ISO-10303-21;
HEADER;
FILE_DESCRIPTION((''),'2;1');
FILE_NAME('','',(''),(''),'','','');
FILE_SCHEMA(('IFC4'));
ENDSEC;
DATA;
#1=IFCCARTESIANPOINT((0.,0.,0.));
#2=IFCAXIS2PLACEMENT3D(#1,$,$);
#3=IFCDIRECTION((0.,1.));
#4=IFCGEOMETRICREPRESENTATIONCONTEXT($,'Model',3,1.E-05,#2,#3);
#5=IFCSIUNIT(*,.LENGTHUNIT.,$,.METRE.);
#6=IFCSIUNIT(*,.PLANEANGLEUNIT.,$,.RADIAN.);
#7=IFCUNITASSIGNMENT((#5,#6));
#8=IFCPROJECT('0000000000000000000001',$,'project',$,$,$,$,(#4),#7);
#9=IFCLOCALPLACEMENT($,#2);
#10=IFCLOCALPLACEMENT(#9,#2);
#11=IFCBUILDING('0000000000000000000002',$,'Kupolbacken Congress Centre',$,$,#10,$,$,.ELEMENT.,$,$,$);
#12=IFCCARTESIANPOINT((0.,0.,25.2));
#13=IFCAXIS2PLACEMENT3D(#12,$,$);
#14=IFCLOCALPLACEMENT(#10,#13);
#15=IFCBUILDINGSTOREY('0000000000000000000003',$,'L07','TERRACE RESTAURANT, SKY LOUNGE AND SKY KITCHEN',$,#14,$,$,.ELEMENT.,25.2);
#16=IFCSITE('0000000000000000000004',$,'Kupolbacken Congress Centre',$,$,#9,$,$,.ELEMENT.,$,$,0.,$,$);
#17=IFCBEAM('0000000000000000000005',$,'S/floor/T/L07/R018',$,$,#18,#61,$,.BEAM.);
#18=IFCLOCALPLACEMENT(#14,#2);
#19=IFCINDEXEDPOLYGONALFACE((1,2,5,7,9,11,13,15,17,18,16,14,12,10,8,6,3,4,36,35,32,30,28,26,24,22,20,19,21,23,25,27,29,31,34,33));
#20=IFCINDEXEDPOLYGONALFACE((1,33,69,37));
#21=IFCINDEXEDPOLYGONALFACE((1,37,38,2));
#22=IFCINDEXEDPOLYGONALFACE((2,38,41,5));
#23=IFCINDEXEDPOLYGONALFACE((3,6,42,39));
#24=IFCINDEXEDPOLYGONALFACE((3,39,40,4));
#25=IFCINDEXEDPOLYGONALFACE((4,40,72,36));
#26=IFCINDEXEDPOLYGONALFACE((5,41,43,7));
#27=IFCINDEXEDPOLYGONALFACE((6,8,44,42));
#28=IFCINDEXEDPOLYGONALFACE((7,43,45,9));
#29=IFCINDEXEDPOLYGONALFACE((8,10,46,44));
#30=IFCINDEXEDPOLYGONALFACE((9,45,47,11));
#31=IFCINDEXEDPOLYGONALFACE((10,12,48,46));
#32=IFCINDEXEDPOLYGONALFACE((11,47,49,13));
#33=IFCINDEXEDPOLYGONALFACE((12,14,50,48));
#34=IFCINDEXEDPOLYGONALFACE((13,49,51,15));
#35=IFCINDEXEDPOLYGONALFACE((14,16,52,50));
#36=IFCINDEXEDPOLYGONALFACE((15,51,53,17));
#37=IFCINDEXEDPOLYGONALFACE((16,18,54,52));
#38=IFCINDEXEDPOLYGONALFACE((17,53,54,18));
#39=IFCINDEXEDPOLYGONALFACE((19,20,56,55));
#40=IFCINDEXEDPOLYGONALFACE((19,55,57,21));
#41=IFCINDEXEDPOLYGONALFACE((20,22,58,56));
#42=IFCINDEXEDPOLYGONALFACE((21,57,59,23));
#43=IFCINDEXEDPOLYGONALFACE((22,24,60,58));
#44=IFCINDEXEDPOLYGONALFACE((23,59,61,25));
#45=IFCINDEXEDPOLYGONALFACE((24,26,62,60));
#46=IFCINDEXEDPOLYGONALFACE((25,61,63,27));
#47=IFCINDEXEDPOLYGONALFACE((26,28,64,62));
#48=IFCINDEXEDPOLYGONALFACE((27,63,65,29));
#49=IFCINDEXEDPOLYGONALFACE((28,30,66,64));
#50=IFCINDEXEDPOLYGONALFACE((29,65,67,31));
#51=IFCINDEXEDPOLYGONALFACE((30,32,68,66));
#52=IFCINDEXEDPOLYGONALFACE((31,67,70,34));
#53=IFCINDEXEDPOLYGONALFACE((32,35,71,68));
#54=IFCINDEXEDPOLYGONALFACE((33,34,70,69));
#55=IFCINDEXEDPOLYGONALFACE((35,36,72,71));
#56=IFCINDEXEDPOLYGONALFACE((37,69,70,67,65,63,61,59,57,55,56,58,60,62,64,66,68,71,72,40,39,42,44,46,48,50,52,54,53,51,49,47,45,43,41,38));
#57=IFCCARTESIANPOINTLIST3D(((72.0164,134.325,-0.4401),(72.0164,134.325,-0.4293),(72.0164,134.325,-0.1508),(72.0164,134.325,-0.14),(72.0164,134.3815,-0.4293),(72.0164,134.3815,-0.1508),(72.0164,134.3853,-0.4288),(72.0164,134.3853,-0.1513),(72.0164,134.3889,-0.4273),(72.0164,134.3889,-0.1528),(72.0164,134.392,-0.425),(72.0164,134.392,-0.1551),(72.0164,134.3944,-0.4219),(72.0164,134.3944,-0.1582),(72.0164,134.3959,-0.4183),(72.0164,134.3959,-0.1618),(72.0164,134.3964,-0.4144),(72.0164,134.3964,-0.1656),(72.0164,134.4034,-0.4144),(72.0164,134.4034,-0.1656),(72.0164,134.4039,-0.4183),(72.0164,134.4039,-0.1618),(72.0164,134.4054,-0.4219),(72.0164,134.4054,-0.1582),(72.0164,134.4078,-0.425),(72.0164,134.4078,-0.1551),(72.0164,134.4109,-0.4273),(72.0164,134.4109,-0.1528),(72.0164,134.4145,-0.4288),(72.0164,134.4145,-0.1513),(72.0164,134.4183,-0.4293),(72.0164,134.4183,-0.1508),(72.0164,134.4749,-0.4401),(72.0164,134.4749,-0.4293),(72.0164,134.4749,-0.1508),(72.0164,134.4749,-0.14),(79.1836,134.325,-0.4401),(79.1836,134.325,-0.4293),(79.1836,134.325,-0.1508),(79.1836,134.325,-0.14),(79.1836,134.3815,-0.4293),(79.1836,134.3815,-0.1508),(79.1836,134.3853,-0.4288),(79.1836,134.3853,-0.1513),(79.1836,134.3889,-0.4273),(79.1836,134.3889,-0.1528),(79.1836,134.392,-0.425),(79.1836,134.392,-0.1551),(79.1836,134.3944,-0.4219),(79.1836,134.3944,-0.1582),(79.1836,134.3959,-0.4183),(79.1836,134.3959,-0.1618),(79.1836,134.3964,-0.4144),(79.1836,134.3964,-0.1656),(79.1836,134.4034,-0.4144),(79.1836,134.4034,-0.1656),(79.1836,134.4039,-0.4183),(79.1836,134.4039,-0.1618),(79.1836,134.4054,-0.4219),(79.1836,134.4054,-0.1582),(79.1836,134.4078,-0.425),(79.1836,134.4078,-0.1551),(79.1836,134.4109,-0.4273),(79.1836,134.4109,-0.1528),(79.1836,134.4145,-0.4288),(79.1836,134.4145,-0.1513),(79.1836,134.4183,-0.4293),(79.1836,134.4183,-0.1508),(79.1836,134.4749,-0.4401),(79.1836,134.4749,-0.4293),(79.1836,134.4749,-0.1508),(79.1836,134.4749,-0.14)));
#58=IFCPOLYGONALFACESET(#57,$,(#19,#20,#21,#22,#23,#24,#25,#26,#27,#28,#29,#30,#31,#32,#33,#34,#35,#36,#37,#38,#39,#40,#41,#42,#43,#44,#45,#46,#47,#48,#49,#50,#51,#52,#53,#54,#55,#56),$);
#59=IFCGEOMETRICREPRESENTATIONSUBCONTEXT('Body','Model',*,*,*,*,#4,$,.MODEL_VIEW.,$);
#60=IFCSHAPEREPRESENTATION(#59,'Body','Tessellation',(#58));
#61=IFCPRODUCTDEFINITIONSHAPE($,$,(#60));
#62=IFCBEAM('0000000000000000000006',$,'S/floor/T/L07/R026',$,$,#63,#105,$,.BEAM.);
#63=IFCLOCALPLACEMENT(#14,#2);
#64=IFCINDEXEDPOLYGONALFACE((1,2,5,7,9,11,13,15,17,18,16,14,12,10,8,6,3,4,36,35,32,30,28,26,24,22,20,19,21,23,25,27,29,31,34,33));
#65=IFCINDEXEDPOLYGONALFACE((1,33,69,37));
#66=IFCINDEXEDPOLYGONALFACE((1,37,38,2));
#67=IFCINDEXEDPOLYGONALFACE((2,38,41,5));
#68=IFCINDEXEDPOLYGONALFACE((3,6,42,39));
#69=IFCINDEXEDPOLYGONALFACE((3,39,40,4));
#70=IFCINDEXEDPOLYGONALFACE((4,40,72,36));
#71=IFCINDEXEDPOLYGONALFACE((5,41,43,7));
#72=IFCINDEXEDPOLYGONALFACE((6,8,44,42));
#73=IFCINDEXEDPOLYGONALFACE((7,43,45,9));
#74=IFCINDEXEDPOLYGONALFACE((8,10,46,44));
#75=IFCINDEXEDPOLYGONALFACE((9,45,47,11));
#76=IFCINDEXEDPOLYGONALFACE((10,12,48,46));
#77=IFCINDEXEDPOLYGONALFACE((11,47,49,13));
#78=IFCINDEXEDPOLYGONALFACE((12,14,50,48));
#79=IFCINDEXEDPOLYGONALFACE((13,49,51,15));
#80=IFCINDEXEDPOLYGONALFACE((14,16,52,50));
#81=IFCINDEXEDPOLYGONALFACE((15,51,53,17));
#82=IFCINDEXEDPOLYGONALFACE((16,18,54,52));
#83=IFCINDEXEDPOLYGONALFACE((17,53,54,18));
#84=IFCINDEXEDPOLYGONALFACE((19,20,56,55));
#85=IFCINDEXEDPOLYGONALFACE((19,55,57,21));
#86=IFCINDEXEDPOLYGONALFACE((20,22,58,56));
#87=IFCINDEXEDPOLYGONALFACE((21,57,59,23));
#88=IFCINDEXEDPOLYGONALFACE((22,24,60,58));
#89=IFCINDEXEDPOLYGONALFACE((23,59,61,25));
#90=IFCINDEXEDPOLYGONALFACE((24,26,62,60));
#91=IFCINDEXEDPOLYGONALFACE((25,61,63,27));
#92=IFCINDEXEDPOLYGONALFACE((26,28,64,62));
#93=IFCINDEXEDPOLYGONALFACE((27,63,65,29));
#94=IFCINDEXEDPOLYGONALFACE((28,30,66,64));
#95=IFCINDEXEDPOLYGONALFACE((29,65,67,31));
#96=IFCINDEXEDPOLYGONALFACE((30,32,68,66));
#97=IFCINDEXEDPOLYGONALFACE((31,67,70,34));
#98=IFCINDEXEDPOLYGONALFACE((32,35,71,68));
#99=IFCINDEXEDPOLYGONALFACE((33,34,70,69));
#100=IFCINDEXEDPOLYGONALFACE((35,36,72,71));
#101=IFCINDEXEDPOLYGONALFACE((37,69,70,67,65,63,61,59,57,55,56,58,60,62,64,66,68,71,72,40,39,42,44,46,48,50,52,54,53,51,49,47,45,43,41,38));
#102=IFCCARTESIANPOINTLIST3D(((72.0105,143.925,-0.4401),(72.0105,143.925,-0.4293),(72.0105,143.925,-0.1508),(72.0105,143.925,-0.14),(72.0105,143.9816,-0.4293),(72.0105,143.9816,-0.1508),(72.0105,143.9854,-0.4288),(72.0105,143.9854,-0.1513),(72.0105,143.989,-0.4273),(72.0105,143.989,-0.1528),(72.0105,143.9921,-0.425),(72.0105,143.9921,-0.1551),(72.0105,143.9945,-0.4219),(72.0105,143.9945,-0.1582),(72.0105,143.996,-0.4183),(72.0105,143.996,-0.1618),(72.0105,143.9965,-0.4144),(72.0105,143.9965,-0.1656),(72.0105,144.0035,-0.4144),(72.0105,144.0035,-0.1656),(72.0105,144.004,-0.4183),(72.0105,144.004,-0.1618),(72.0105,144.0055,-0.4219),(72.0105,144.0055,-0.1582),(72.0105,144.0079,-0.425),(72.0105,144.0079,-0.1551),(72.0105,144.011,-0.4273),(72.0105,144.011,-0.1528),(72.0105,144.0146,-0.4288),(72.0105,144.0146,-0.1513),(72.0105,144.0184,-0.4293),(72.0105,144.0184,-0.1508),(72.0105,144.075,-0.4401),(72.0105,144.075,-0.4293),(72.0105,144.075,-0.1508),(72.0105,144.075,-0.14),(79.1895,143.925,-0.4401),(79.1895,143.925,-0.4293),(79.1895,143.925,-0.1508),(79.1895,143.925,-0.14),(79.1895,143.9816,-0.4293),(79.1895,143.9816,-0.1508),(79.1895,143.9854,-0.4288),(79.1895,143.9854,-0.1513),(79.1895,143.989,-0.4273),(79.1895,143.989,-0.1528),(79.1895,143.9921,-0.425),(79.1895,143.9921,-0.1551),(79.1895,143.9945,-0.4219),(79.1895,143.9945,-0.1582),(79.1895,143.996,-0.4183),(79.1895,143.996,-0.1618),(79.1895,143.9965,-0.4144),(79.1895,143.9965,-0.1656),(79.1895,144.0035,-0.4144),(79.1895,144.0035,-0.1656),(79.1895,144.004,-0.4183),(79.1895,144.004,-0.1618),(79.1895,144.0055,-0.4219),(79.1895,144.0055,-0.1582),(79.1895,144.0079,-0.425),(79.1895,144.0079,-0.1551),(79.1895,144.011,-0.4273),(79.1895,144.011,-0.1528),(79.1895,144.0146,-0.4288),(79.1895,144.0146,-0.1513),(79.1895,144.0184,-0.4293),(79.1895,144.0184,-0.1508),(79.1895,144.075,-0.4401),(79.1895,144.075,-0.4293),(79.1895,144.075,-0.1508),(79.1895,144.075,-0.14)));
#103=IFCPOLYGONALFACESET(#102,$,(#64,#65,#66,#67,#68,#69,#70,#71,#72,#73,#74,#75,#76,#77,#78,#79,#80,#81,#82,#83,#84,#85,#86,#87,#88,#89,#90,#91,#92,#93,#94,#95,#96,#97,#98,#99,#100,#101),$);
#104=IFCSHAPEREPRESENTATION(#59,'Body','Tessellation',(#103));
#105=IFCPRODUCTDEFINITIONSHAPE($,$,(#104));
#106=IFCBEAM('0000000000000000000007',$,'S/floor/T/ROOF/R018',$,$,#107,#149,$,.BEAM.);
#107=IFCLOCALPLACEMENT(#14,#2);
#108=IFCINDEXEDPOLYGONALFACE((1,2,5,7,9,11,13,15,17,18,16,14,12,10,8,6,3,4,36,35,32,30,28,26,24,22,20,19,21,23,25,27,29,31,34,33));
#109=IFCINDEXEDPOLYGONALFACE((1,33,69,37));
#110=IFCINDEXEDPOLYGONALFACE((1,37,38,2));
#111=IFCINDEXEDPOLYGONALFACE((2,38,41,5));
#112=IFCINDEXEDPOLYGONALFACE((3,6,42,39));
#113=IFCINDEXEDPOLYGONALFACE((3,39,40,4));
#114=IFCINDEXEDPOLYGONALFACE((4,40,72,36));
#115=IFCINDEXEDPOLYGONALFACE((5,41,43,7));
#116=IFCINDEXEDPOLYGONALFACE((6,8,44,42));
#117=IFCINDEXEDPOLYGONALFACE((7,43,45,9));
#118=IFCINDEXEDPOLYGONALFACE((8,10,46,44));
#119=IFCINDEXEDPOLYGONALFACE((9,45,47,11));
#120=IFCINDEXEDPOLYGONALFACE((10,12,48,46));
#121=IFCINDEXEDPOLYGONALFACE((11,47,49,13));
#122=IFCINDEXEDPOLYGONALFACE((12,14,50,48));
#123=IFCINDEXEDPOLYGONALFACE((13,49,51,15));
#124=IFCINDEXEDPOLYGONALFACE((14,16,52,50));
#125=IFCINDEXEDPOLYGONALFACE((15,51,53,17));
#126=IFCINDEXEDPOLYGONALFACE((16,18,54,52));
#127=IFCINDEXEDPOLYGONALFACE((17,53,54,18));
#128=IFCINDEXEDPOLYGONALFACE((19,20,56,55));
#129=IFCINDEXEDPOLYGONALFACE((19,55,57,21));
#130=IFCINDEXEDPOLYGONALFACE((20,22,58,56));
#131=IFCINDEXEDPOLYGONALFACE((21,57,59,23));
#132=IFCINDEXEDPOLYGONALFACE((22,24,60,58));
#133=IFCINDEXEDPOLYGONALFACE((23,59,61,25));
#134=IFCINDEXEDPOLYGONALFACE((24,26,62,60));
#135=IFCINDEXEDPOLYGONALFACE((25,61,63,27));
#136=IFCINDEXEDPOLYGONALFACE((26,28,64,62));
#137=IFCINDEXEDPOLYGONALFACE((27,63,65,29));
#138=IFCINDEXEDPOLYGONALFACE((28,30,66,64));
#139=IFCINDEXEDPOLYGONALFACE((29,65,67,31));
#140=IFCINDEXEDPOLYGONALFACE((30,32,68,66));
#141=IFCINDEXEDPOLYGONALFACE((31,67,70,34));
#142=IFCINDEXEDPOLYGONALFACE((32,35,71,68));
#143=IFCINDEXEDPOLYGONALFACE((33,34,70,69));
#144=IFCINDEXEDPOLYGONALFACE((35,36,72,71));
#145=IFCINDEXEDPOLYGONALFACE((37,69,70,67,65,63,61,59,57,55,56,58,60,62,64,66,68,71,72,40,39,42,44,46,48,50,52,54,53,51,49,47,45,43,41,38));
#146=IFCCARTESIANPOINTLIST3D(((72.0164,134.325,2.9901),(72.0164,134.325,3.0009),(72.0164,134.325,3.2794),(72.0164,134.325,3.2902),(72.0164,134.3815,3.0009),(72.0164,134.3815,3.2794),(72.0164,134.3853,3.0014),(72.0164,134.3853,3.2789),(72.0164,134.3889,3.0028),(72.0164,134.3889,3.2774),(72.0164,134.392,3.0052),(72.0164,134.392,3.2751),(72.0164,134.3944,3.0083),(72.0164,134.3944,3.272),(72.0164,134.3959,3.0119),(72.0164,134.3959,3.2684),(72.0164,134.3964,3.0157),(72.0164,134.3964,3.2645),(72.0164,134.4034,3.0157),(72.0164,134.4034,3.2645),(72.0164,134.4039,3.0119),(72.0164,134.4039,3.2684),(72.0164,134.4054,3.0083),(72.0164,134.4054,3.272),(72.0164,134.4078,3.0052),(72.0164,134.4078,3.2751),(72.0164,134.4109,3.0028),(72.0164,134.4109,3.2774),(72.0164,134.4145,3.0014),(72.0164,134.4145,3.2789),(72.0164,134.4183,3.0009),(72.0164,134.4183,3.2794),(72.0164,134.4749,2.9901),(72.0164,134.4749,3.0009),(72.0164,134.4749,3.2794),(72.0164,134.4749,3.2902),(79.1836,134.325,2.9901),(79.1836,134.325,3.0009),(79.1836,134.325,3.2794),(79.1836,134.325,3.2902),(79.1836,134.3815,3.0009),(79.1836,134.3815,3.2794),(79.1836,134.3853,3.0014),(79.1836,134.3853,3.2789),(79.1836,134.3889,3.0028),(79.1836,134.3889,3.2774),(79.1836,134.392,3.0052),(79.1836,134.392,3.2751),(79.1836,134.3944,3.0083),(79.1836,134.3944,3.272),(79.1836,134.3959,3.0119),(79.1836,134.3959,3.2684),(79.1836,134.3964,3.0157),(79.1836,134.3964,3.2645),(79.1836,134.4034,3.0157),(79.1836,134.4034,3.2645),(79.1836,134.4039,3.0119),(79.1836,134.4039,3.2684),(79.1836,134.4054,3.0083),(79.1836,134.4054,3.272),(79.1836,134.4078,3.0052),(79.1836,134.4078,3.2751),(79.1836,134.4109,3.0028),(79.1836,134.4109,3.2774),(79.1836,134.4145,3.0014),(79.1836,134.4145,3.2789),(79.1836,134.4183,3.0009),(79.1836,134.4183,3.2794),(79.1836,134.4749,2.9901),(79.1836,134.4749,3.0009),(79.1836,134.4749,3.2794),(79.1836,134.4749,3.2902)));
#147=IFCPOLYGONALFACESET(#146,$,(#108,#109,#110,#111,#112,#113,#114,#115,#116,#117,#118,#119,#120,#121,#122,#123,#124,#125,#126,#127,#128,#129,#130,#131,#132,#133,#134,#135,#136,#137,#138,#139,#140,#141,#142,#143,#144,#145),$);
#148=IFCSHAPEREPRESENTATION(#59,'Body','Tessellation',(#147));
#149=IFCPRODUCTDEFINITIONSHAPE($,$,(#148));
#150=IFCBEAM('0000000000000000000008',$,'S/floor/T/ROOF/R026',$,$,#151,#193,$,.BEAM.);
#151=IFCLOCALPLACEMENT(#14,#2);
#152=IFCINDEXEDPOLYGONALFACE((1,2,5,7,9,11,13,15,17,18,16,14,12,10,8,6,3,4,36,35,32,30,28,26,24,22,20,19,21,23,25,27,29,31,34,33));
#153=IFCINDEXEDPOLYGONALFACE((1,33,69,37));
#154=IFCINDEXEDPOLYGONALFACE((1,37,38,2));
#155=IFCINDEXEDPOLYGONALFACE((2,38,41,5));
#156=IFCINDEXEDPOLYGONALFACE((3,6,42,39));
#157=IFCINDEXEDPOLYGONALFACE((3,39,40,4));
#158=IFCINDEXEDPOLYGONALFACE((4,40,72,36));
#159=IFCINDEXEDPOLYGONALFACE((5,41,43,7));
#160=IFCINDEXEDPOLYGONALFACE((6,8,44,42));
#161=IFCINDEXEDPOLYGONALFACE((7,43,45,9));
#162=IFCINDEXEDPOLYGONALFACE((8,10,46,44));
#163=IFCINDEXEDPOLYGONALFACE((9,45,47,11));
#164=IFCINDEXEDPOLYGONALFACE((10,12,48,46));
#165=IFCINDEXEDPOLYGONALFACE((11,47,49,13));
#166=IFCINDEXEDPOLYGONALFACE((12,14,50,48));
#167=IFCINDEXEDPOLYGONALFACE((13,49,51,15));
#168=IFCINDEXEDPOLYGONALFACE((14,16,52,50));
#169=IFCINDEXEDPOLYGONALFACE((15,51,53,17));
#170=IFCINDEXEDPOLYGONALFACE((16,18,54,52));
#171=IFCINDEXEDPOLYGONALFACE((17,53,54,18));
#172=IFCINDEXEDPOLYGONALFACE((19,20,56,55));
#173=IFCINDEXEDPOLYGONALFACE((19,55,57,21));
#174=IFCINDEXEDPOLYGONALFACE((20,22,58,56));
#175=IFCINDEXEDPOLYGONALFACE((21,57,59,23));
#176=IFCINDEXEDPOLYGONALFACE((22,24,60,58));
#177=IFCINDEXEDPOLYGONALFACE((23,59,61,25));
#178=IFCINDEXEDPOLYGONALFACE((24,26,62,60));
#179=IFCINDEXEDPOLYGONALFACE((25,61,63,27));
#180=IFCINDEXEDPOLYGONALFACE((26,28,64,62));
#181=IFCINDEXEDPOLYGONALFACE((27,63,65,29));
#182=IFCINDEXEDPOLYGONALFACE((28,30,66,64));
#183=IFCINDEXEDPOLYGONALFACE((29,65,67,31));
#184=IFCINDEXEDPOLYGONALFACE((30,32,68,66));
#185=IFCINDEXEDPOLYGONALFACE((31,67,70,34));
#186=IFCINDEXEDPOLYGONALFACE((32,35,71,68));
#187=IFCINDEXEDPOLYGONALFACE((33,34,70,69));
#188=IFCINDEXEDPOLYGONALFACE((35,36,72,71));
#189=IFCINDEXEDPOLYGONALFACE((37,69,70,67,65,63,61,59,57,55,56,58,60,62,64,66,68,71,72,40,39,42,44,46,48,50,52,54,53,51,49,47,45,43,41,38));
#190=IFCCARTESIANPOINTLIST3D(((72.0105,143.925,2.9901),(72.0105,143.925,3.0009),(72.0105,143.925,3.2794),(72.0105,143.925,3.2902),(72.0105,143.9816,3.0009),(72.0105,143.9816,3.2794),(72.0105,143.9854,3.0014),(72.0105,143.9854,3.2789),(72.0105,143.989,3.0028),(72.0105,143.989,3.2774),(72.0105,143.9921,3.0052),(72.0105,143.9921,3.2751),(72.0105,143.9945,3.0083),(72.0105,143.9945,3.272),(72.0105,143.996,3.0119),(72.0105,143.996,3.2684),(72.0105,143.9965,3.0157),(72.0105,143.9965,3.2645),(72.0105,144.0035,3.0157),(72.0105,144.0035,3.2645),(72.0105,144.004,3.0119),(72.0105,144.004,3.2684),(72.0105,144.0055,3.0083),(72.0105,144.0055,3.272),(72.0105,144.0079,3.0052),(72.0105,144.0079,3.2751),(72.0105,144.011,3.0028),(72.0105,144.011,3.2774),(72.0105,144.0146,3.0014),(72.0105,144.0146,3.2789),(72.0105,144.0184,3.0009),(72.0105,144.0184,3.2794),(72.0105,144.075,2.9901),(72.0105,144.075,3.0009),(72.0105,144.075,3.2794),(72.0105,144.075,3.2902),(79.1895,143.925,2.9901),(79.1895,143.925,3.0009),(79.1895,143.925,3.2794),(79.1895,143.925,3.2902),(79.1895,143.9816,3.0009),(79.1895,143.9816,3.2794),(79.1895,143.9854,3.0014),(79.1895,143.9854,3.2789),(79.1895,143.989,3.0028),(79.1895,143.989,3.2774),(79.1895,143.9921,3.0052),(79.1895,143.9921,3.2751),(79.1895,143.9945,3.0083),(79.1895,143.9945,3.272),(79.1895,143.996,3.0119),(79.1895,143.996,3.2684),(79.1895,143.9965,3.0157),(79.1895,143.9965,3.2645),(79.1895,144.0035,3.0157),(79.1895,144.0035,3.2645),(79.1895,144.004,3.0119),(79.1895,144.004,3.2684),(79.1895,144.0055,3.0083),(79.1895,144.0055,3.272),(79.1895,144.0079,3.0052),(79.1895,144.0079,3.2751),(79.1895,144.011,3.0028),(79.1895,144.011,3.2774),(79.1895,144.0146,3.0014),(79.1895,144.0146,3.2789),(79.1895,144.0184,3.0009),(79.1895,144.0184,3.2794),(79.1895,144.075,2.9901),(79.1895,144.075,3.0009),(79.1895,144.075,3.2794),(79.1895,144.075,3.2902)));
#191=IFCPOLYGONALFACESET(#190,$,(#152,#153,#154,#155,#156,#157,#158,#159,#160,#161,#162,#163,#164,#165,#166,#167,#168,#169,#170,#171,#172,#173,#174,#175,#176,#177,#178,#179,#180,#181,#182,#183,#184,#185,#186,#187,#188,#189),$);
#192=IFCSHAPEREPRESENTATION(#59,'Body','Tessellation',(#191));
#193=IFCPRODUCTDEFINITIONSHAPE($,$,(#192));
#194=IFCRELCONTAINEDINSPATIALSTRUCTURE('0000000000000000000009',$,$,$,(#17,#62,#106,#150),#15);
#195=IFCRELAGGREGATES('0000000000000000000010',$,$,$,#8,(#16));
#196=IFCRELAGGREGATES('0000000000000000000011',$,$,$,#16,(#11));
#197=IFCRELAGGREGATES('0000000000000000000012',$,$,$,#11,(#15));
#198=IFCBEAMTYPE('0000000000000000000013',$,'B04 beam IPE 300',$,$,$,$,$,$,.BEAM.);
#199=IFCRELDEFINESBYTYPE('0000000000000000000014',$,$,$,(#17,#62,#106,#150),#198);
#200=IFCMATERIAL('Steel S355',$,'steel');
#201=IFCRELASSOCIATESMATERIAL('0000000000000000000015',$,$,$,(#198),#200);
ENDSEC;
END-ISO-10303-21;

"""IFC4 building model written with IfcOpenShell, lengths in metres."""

from ifc_helpers import new_model, si_unit, direction, frame, origin, origin_2d, place, context, subcontext, project, spatial, i_section, extrude, material, material_profile, profile_set, type_object, element, save


model = new_model("IFC4")

# Units and contexts
model_context = context("Model", 3, precision=1e-05, world=origin(), true_north=direction((0.0, 1.0)))
body_context = subcontext(model_context, "Body", "Model", "MODEL_VIEW")
ifc_project = project(units=[si_unit("LENGTHUNIT", "METRE"), si_unit("PLANEANGLEUNIT", "RADIAN")], contexts=[model_context])

# Site, building, storey
site_placement = place(None, origin())
site = spatial("IfcSite", under=ifc_project, at=site_placement, Name="Kupolbacken Congress Centre", CompositionType="ELEMENT", RefElevation=0.0)
building_placement = place(site_placement, origin())
building = spatial("IfcBuilding", under=site, at=building_placement, Name="Kupolbacken Congress Centre", CompositionType="ELEMENT")
storey_placement = place(building_placement, frame((0.0, 0.0, 25.2)))
storey = spatial("IfcBuildingStorey", under=building, at=storey_placement, Name="L07", Description="TERRACE RESTAURANT, SKY LOUNGE AND SKY KITCHEN", CompositionType="ELEMENT", Elevation=25.2)

# Beams
ifc_material_1 = material(Name="Steel S355", Category="steel")
ifc_material_profile_1 = material_profile(ifc_material_1, i_section(OverallWidth=0.1499, OverallDepth=0.3, WebThickness=0.0071, FlangeThickness=0.0107, FilletRadius=0.0149, at=origin_2d()), Name="IPE 300")
ifc_profile_set_1 = profile_set([ifc_material_profile_1], Name="Steel S355")
beam_type_1 = type_object("IfcBeamType", Name="B04 beam IPE 300", PredefinedType="BEAM", material=ifc_profile_set_1)
beam_1_placement = place(storey_placement, frame((72.0164, 134.3999, -0.29), z_axis=(1.0, 0.0, 0.0), x_axis=(0.0, 1.0, 0.0)))
element("IfcBeam", 1, at=beam_1_placement, inside=storey, type_object=beam_type_1, Name="S/floor/T/L07/R018", PredefinedType="BEAM", context=body_context, shape_type="SweptSolid", body=[
    extrude(i_section(OverallWidth=0.1499, OverallDepth=0.3, WebThickness=0.0071, FlangeThickness=0.0107, FilletRadius=0.0149, at=origin_2d()), origin(), (0.0, 0.0, 1.0), 7.1672),
])
beam_2_placement = place(storey_placement, frame((72.0105, 144.0, -0.29), z_axis=(1.0, 0.0, 0.0), x_axis=(0.0, 1.0, 0.0)))
element("IfcBeam", 2, at=beam_2_placement, inside=storey, type_object=beam_type_1, Name="S/floor/T/L07/R026", PredefinedType="BEAM", context=body_context, shape_type="SweptSolid", body=[
    extrude(i_section(OverallWidth=0.1499, OverallDepth=0.3, WebThickness=0.0071, FlangeThickness=0.0107, FilletRadius=0.0149, at=origin_2d()), origin(), (0.0, 0.0, 1.0), 7.179),
])
beam_3_placement = place(storey_placement, frame((72.0164, 134.3999, 3.1401), z_axis=(1.0, 0.0, 0.0), x_axis=(0.0, 1.0, 0.0)))
element("IfcBeam", 3, at=beam_3_placement, inside=storey, type_object=beam_type_1, Name="S/floor/T/ROOF/R018", PredefinedType="BEAM", context=body_context, shape_type="SweptSolid", body=[
    extrude(i_section(OverallWidth=0.1499, OverallDepth=0.3, WebThickness=0.0071, FlangeThickness=0.0107, FilletRadius=0.0149, at=origin_2d()), origin(), (0.0, 0.0, 1.0), 7.1672),
])
beam_4_placement = place(storey_placement, frame((72.0105, 144.0, 3.1401), z_axis=(1.0, 0.0, 0.0), x_axis=(0.0, 1.0, 0.0)))
element("IfcBeam", 4, at=beam_4_placement, inside=storey, type_object=beam_type_1, Name="S/floor/T/ROOF/R026", PredefinedType="BEAM", context=body_context, shape_type="SweptSolid", body=[
    extrude(i_section(OverallWidth=0.1499, OverallDepth=0.3, WebThickness=0.0071, FlangeThickness=0.0107, FilletRadius=0.0149, at=origin_2d()), origin(), (0.0, 0.0, 1.0), 7.179),
])

save(model, "model.ifc")
